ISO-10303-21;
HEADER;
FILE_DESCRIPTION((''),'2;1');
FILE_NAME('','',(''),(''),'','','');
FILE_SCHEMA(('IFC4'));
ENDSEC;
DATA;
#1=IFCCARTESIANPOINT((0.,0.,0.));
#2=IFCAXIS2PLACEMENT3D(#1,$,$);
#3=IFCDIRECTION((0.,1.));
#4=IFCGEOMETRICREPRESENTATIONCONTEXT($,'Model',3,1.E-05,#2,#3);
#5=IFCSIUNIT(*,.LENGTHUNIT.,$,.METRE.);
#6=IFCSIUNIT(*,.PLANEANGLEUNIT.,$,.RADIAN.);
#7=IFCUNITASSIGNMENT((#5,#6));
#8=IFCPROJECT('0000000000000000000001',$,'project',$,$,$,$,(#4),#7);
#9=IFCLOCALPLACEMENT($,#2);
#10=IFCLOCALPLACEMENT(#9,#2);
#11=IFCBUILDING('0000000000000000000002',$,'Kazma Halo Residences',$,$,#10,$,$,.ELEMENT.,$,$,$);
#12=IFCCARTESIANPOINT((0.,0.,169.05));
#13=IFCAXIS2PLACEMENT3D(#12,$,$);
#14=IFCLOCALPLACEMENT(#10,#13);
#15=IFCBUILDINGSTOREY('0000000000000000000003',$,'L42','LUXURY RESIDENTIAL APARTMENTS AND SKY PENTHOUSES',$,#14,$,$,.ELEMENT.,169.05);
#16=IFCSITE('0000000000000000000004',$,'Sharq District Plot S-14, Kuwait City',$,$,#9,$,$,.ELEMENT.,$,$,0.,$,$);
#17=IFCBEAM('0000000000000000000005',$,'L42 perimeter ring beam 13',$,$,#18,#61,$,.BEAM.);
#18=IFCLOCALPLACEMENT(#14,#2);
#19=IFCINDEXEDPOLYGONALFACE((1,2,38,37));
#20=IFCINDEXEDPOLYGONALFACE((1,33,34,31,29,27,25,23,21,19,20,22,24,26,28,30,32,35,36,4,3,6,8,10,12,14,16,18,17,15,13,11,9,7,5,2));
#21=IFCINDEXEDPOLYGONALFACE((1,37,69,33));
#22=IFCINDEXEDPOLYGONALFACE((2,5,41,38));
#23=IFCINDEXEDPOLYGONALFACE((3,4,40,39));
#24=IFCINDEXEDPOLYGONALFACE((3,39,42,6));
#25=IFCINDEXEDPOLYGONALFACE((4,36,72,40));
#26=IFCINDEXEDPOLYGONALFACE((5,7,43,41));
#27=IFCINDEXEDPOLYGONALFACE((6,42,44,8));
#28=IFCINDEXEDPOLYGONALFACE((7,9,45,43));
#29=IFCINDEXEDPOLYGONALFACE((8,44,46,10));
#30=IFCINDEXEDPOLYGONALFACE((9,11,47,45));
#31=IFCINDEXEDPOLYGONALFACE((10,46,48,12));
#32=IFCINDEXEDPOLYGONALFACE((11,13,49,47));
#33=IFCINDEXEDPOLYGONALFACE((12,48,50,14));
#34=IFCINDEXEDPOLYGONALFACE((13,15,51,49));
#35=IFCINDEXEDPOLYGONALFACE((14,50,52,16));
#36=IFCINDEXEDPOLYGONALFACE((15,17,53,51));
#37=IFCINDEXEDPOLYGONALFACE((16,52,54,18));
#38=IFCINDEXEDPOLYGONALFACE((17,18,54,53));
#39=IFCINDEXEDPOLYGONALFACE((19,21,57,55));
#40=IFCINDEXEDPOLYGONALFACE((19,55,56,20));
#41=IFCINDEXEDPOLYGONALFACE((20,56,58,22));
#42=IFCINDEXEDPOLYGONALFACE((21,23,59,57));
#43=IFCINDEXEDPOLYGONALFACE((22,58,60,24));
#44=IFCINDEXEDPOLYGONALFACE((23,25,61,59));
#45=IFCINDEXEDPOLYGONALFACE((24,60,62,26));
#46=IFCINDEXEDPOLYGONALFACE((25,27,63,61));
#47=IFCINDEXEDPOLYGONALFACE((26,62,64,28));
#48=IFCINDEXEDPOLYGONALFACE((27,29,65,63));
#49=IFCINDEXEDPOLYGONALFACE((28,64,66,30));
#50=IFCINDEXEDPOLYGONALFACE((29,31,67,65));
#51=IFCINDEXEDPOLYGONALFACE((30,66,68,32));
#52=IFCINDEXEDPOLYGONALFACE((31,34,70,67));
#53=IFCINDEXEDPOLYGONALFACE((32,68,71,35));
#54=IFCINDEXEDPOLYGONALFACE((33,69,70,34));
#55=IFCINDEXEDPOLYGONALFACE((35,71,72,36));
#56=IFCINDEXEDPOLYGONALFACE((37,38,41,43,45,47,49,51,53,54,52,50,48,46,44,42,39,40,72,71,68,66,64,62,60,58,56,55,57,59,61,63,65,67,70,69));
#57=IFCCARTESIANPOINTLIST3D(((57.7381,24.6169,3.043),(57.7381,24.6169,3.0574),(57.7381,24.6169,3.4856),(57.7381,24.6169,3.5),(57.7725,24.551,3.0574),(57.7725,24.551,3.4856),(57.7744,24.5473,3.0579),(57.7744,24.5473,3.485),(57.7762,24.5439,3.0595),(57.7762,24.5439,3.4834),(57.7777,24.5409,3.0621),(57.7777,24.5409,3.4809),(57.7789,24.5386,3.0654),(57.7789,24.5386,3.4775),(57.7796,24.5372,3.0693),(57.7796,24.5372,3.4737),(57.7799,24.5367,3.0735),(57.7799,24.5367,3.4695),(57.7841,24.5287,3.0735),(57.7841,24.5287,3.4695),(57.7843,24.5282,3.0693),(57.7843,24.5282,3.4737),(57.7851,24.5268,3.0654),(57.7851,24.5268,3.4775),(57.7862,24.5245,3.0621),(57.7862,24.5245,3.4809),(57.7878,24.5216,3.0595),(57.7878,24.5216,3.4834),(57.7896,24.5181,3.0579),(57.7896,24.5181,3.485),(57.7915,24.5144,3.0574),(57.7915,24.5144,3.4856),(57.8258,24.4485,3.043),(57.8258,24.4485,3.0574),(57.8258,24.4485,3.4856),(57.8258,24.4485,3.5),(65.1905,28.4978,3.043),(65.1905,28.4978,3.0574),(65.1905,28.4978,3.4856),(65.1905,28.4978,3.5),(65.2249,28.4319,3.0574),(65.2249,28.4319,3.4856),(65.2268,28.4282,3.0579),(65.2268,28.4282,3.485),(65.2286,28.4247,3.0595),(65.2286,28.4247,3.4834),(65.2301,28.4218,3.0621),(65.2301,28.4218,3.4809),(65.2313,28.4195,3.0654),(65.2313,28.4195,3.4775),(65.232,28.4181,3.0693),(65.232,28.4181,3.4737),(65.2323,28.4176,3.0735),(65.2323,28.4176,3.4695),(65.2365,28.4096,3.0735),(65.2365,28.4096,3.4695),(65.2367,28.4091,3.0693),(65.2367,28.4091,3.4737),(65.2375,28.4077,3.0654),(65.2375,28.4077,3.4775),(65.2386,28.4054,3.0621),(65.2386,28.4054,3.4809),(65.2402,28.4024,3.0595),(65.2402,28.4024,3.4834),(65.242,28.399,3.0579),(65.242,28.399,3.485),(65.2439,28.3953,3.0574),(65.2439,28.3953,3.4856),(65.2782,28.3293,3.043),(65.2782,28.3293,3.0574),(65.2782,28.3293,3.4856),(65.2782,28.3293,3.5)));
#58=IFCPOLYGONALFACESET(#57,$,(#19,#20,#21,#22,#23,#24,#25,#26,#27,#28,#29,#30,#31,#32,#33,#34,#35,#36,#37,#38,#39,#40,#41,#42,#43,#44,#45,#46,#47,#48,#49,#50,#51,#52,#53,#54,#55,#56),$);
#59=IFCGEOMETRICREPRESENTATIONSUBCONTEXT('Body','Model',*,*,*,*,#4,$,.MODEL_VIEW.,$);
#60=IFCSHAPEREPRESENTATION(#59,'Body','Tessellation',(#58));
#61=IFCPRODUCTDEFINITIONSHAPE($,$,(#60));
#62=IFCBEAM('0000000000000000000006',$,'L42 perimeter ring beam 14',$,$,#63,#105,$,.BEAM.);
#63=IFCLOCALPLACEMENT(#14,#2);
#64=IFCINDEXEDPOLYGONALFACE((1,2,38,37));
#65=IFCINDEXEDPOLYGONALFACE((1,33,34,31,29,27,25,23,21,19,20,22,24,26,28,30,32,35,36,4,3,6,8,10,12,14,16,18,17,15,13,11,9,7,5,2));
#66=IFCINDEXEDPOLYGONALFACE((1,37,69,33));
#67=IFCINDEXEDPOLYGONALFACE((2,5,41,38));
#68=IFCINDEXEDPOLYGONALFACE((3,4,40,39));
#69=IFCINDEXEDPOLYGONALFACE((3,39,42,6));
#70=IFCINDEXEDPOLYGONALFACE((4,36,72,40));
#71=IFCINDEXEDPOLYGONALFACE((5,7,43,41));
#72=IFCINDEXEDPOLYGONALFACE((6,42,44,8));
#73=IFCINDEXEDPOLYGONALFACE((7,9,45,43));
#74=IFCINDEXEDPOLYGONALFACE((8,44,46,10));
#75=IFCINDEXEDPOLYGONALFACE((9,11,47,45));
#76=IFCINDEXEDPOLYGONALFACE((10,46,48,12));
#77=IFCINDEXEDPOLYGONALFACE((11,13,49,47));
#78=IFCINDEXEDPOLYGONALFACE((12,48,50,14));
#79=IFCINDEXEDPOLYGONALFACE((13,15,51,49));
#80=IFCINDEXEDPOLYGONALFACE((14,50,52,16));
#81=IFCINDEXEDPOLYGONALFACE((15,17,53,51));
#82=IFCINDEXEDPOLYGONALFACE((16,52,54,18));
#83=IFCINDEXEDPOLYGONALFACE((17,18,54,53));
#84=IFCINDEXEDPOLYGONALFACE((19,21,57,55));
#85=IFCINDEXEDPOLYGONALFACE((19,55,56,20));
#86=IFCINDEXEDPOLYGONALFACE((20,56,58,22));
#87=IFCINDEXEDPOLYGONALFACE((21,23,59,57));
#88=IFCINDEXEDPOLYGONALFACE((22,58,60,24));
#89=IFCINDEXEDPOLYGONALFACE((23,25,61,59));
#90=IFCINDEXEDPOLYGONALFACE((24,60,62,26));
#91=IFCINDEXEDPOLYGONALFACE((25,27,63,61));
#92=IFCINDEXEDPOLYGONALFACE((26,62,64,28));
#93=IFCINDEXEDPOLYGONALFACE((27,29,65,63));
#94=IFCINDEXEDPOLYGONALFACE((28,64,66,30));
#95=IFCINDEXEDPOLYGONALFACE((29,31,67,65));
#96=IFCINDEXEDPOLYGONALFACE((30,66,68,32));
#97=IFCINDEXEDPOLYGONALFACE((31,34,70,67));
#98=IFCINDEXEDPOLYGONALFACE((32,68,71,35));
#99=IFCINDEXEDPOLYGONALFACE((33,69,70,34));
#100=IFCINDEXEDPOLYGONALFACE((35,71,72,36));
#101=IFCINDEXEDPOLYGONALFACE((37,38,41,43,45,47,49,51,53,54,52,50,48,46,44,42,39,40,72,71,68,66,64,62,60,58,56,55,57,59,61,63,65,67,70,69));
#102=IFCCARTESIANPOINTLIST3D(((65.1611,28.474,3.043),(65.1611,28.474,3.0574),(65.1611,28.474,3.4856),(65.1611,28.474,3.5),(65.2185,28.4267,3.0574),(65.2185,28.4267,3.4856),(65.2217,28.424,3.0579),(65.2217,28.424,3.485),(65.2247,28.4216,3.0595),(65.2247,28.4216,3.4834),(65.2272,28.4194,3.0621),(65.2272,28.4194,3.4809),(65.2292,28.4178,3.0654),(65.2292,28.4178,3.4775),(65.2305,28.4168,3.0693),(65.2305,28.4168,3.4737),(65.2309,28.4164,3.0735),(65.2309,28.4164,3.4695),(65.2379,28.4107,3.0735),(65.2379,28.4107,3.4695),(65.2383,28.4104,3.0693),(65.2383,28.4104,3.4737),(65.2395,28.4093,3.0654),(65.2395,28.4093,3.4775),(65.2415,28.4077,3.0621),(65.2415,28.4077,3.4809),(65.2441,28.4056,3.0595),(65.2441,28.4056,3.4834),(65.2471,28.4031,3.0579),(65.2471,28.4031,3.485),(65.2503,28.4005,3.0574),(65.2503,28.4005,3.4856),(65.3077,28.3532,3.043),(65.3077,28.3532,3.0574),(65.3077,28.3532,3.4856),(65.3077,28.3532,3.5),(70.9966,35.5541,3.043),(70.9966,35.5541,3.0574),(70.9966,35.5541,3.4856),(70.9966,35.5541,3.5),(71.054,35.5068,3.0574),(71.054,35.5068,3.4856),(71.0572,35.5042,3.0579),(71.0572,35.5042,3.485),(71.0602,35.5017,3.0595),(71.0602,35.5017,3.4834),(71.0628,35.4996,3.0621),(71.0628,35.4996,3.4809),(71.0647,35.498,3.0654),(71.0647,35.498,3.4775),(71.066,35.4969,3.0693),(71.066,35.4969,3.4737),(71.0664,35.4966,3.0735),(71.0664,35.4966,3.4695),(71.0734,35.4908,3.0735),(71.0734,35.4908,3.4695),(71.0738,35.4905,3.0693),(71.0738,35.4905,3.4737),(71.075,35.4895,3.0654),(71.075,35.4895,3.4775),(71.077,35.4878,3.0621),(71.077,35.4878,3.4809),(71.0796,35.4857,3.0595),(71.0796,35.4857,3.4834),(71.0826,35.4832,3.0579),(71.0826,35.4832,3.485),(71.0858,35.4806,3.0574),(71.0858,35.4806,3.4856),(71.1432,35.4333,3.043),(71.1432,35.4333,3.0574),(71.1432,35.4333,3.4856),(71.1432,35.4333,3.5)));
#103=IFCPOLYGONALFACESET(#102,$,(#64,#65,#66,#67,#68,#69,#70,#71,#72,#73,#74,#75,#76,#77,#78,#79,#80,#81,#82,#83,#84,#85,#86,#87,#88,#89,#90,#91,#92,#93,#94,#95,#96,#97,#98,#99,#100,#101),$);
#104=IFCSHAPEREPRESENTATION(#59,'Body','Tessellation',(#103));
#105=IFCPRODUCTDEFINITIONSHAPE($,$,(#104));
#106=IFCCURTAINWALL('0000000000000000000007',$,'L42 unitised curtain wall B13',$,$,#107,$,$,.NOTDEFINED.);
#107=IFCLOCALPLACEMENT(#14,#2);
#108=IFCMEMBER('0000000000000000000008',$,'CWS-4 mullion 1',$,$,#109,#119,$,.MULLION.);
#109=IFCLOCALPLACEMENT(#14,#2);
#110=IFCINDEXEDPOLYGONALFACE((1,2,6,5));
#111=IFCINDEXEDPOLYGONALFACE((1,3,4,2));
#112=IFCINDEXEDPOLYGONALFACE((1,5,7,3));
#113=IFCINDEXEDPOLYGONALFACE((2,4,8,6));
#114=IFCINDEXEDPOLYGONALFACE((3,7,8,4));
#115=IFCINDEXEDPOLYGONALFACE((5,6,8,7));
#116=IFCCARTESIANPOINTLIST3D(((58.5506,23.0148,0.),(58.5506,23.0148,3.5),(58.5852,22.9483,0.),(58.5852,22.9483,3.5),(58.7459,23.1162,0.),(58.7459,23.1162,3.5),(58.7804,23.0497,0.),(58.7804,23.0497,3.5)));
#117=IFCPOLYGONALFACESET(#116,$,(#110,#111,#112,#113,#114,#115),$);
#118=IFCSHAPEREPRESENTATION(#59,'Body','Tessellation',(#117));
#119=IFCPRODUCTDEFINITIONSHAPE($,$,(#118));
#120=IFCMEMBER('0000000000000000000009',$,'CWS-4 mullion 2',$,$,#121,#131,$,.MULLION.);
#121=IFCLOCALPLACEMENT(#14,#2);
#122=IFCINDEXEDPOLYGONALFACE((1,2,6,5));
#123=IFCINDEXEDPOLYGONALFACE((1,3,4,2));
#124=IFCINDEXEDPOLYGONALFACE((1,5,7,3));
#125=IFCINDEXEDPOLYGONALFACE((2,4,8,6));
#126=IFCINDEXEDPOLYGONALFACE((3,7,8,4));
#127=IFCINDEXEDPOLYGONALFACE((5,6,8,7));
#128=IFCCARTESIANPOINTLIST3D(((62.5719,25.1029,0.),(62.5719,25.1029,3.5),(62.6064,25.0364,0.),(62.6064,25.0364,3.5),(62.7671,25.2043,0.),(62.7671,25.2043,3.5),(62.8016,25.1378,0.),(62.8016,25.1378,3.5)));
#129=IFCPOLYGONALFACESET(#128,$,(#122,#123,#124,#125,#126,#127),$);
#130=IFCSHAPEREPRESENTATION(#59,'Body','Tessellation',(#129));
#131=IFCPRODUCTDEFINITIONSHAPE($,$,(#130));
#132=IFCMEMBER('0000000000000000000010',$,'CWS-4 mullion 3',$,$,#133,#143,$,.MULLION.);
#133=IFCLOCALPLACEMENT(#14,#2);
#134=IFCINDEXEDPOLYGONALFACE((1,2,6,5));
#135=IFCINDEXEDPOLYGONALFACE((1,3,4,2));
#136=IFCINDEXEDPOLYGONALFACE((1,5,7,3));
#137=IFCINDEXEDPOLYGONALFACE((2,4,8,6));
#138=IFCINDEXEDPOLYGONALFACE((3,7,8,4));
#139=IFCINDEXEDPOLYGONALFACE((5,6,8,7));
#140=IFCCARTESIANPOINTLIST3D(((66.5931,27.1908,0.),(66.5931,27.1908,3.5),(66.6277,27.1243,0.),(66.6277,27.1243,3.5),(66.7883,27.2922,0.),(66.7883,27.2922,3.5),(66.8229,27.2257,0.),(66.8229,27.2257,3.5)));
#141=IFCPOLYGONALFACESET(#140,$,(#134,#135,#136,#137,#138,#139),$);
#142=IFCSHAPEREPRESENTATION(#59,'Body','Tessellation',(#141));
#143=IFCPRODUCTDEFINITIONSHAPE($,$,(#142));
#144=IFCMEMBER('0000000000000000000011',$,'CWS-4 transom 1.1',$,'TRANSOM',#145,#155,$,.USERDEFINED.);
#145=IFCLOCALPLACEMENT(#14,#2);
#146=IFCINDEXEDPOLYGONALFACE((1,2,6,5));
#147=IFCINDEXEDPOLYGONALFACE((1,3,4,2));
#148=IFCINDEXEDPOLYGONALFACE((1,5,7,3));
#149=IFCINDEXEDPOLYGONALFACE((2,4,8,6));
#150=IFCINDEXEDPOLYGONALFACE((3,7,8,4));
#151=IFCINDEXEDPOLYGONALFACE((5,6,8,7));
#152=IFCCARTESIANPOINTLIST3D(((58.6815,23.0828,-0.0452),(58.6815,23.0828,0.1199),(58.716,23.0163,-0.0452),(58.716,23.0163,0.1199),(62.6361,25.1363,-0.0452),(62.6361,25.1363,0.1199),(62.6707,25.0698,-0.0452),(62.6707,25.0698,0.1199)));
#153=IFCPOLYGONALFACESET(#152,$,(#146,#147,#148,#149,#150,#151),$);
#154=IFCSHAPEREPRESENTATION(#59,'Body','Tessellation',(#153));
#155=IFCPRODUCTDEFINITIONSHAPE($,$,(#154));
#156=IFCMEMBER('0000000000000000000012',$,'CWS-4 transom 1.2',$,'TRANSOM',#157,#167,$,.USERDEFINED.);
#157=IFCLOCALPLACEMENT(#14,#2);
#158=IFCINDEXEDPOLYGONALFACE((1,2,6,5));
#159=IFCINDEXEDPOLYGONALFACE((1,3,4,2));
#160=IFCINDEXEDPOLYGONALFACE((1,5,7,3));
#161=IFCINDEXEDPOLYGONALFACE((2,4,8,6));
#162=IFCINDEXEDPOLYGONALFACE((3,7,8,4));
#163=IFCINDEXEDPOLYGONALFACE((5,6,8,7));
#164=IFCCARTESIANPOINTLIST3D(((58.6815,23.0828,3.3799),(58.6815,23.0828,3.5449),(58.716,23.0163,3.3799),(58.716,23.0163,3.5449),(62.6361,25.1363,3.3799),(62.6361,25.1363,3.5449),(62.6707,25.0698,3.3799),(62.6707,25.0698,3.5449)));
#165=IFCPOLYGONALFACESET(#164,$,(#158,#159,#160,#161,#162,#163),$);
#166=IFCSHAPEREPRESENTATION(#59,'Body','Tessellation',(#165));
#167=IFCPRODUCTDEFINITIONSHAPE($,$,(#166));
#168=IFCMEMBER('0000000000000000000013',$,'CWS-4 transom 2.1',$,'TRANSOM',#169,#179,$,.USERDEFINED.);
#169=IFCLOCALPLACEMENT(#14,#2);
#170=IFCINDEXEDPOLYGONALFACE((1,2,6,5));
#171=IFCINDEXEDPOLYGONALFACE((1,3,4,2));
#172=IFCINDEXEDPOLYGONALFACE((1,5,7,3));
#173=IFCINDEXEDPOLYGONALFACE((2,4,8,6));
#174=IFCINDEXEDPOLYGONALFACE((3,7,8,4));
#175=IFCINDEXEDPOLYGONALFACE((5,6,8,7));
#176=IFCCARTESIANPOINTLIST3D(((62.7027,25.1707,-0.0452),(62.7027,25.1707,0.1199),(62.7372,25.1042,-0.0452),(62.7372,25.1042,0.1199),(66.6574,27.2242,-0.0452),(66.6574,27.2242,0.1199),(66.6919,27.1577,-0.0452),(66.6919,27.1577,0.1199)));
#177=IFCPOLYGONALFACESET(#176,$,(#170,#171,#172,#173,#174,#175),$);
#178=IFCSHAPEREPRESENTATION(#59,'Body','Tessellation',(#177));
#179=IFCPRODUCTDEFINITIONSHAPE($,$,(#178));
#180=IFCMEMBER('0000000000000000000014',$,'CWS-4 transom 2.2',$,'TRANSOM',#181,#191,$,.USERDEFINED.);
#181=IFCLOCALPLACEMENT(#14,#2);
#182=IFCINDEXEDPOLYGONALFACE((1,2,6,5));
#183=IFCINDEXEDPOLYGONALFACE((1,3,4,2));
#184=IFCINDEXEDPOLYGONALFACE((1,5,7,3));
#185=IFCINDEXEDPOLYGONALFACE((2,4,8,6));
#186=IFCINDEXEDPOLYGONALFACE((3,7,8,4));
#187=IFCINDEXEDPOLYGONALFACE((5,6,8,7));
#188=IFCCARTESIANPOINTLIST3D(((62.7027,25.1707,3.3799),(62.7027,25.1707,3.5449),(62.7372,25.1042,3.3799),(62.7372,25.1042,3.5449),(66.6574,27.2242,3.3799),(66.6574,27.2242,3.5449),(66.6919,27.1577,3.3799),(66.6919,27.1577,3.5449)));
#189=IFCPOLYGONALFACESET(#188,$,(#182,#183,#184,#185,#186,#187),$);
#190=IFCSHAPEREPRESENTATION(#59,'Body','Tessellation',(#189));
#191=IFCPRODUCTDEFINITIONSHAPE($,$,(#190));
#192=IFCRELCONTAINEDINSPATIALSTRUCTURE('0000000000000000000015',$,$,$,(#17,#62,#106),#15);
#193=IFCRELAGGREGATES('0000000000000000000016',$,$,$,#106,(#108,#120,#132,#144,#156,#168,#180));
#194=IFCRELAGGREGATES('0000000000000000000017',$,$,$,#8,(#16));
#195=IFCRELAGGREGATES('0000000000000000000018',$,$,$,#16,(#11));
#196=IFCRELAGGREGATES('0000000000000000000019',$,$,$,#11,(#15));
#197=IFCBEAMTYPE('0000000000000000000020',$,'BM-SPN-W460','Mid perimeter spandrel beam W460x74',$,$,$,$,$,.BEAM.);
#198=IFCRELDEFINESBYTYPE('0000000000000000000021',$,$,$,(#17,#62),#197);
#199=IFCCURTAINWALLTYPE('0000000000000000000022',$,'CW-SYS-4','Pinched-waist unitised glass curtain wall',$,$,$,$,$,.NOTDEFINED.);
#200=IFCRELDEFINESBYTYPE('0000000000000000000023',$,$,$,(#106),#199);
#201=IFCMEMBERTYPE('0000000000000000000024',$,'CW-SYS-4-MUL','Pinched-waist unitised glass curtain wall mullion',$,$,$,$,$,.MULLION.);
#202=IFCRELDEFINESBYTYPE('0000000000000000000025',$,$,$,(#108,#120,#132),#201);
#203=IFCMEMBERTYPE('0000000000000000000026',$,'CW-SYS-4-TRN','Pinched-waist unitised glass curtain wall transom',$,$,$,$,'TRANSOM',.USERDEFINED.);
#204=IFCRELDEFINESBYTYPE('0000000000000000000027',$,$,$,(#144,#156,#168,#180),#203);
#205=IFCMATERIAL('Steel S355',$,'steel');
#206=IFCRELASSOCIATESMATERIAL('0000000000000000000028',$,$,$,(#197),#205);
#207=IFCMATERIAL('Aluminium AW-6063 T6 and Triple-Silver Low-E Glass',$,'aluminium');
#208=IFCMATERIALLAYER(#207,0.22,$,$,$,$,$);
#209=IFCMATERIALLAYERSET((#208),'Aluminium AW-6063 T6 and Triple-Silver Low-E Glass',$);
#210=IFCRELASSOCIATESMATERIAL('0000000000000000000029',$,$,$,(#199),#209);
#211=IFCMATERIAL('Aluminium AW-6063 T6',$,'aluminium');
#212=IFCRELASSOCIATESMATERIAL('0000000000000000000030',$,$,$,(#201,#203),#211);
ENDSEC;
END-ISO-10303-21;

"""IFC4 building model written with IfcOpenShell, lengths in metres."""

from ifc_helpers import new_model, si_unit, direction, frame, origin, origin_2d, place, context, subcontext, project, spatial, rectangle, i_section, extrude, material, layer, layer_set, material_profile, profile_set, type_object, element, aggregate, save


model = new_model("IFC4")

# Units and contexts
model_context = context("Model", 3, precision=1e-05, world=origin(), true_north=direction((0.0, 1.0)))
body_context = subcontext(model_context, "Body", "Model", "MODEL_VIEW")
ifc_project = project(units=[si_unit("LENGTHUNIT", "METRE"), si_unit("PLANEANGLEUNIT", "RADIAN")], contexts=[model_context])

# Site, building, storey
site_placement = place(None, origin())
site = spatial("IfcSite", under=ifc_project, at=site_placement, Name="Sharq District Plot S-14, Kuwait City", CompositionType="ELEMENT", RefElevation=0.0)
building_placement = place(site_placement, origin())
building = spatial("IfcBuilding", under=site, at=building_placement, Name="Kazma Halo Residences", CompositionType="ELEMENT")
storey_placement = place(building_placement, frame((0.0, 0.0, 169.05)))
storey = spatial("IfcBuildingStorey", under=building, at=storey_placement, Name="L42", Description="LUXURY RESIDENTIAL APARTMENTS AND SKY PENTHOUSES", CompositionType="ELEMENT", Elevation=169.05)

# Beams
ifc_material_1 = material(Name="Steel S355", Category="steel")
ifc_material_profile_1 = material_profile(ifc_material_1, i_section(OverallWidth=0.1899, OverallDepth=0.457, WebThickness=0.009, FlangeThickness=0.0144, FilletRadius=0.0161, at=origin_2d()), Name="W460x74")
ifc_profile_set_1 = profile_set([ifc_material_profile_1], Name="Steel S355")
beam_type_1 = type_object("IfcBeamType", Name="BM-SPN-W460", Description="Mid perimeter spandrel beam W460x74", PredefinedType="BEAM", material=ifc_profile_set_1)
beam_1_placement = place(storey_placement, frame((57.782, 24.5327, 3.2715), z_axis=(0.886943, 0.461879, 0.0), x_axis=(-0.461879, 0.886943, 0.0)))
element("IfcBeam", 1, at=beam_1_placement, inside=storey, type_object=beam_type_1, Name="L42 perimeter ring beam 13", PredefinedType="BEAM", context=body_context, shape_type="SweptSolid", body=[
    extrude(i_section(OverallWidth=0.1899, OverallDepth=0.457, WebThickness=0.009, FlangeThickness=0.0144, FilletRadius=0.0161, at=origin_2d()), origin(), (0.0, 0.0, 1.0), 8.4023),
])
beam_2_placement = place(storey_placement, frame((65.2344, 28.4136, 3.2715), z_axis=(0.636019, 0.771674, 0.0), x_axis=(-0.771674, 0.636019, 0.0)))
element("IfcBeam", 2, at=beam_2_placement, inside=storey, type_object=beam_type_1, Name="L42 perimeter ring beam 14", PredefinedType="BEAM", context=body_context, shape_type="SweptSolid", body=[
    extrude(i_section(OverallWidth=0.1899, OverallDepth=0.457, WebThickness=0.009, FlangeThickness=0.0144, FilletRadius=0.0161, at=origin_2d()), origin(), (0.0, 0.0, 1.0), 9.175),
])

# Curtain wall, members
ifc_material_2 = material(Name="Aluminium AW-6063 T6 and Triple-Silver Low-E Glass", Category="aluminium")
ifc_layer_1 = layer(ifc_material_2, 0.22)
ifc_layer_set_1 = layer_set([ifc_layer_1], Name="Aluminium AW-6063 T6 and Triple-Silver Low-E Glass")
curtain_wall_type = type_object("IfcCurtainWallType", Name="CW-SYS-4", Description="Pinched-waist unitised glass curtain wall", PredefinedType="NOTDEFINED", material=ifc_layer_set_1)
curtain_wall_placement = place(storey_placement, origin())
curtain_wall = element("IfcCurtainWall", 3, at=curtain_wall_placement, inside=storey, type_object=curtain_wall_type, Name="L42 unitised curtain wall B13", PredefinedType="NOTDEFINED")
ifc_material_3 = material(Name="Aluminium AW-6063 T6", Category="aluminium")
ifc_material_profile_2 = material_profile(ifc_material_3, rectangle(XDim=0.075, YDim=0.22, at=origin_2d()), Name="CWM-75x220")
ifc_profile_set_2 = profile_set([ifc_material_profile_2], Name="Aluminium AW-6063 T6")
member_type_1 = type_object("IfcMemberType", Name="CW-SYS-4-MUL", Description="Pinched-waist unitised glass curtain wall mullion", PredefinedType="MULLION", material=ifc_profile_set_2)
member_1_placement = place(storey_placement, frame((58.6655, 23.0322, 0.0), z_axis=(0.0, 0.0, 1.0), x_axis=(-0.460837, 0.887485, 0.0)))
member_1 = element("IfcMember", 4, at=member_1_placement, type_object=member_type_1, Name="CWS-4 mullion 1", PredefinedType="MULLION", context=body_context, shape_type="SweptSolid", body=[
    extrude(rectangle(XDim=0.075, YDim=0.22, at=origin_2d()), origin(), (0.0, 0.0, 1.0), 3.5),
])
member_2_placement = place(storey_placement, frame((62.6868, 25.1204, 0.0), z_axis=(0.0, 0.0, 1.0), x_axis=(-0.460837, 0.887485, 0.0)))
member_2 = element("IfcMember", 5, at=member_2_placement, type_object=member_type_1, Name="CWS-4 mullion 2", PredefinedType="MULLION", context=body_context, shape_type="SweptSolid", body=[
    extrude(rectangle(XDim=0.075, YDim=0.22, at=origin_2d()), origin(), (0.0, 0.0, 1.0), 3.5),
])
member_3_placement = place(storey_placement, frame((66.708, 27.2083, 0.0), z_axis=(0.0, 0.0, 1.0), x_axis=(-0.460837, 0.887485, 0.0)))
member_3 = element("IfcMember", 6, at=member_3_placement, type_object=member_type_1, Name="CWS-4 mullion 3", PredefinedType="MULLION", context=body_context, shape_type="SweptSolid", body=[
    extrude(rectangle(XDim=0.075, YDim=0.22, at=origin_2d()), origin(), (0.0, 0.0, 1.0), 3.5),
])
ifc_material_profile_3 = material_profile(ifc_material_3, rectangle(XDim=0.075, YDim=0.165, at=origin_2d()), Name="CWT-75x165")
ifc_profile_set_3 = profile_set([ifc_material_profile_3], Name="Aluminium AW-6063 T6")
member_type_2 = type_object("IfcMemberType", Name="CW-SYS-4-TRN", Description="Pinched-waist unitised glass curtain wall transom", ElementType="TRANSOM", PredefinedType="USERDEFINED", material=ifc_profile_set_3)
member_4_placement = place(storey_placement, frame((58.6987, 23.0496, 0.0374), z_axis=(0.887485, 0.460837, 0.0), x_axis=(-0.460837, 0.887485, 0.0)))
member_4 = element("IfcMember", 7, at=member_4_placement, type_object=member_type_2, Name="CWS-4 transom 1.1", ObjectType="TRANSOM", PredefinedType="USERDEFINED", context=body_context, shape_type="SweptSolid", body=[
    extrude(rectangle(XDim=0.075, YDim=0.165, at=origin_2d()), origin(), (0.0, 0.0, 1.0), 4.4561),
])
member_5_placement = place(storey_placement, frame((58.6987, 23.0496, 3.4624), z_axis=(0.887485, 0.460837, 0.0), x_axis=(-0.460837, 0.887485, 0.0)))
member_5 = element("IfcMember", 8, at=member_5_placement, type_object=member_type_2, Name="CWS-4 transom 1.2", ObjectType="TRANSOM", PredefinedType="USERDEFINED", context=body_context, shape_type="SweptSolid", body=[
    extrude(rectangle(XDim=0.075, YDim=0.165, at=origin_2d()), origin(), (0.0, 0.0, 1.0), 4.4561),
])
member_6_placement = place(storey_placement, frame((62.72, 25.1375, 0.0374), z_axis=(0.887485, 0.460837, 0.0), x_axis=(-0.460837, 0.887485, 0.0)))
member_6 = element("IfcMember", 9, at=member_6_placement, type_object=member_type_2, Name="CWS-4 transom 2.1", ObjectType="TRANSOM", PredefinedType="USERDEFINED", context=body_context, shape_type="SweptSolid", body=[
    extrude(rectangle(XDim=0.075, YDim=0.165, at=origin_2d()), origin(), (0.0, 0.0, 1.0), 4.4561),
])
member_7_placement = place(storey_placement, frame((62.72, 25.1375, 3.4624), z_axis=(0.887485, 0.460837, 0.0), x_axis=(-0.460837, 0.887485, 0.0)))
member_7 = element("IfcMember", 10, at=member_7_placement, type_object=member_type_2, Name="CWS-4 transom 2.2", ObjectType="TRANSOM", PredefinedType="USERDEFINED", context=body_context, shape_type="SweptSolid", body=[
    extrude(rectangle(XDim=0.075, YDim=0.165, at=origin_2d()), origin(), (0.0, 0.0, 1.0), 4.4561),
])
aggregate(curtain_wall, [member_1, member_2, member_3, member_4, member_5, member_6, member_7])

save(model, "model.ifc")
